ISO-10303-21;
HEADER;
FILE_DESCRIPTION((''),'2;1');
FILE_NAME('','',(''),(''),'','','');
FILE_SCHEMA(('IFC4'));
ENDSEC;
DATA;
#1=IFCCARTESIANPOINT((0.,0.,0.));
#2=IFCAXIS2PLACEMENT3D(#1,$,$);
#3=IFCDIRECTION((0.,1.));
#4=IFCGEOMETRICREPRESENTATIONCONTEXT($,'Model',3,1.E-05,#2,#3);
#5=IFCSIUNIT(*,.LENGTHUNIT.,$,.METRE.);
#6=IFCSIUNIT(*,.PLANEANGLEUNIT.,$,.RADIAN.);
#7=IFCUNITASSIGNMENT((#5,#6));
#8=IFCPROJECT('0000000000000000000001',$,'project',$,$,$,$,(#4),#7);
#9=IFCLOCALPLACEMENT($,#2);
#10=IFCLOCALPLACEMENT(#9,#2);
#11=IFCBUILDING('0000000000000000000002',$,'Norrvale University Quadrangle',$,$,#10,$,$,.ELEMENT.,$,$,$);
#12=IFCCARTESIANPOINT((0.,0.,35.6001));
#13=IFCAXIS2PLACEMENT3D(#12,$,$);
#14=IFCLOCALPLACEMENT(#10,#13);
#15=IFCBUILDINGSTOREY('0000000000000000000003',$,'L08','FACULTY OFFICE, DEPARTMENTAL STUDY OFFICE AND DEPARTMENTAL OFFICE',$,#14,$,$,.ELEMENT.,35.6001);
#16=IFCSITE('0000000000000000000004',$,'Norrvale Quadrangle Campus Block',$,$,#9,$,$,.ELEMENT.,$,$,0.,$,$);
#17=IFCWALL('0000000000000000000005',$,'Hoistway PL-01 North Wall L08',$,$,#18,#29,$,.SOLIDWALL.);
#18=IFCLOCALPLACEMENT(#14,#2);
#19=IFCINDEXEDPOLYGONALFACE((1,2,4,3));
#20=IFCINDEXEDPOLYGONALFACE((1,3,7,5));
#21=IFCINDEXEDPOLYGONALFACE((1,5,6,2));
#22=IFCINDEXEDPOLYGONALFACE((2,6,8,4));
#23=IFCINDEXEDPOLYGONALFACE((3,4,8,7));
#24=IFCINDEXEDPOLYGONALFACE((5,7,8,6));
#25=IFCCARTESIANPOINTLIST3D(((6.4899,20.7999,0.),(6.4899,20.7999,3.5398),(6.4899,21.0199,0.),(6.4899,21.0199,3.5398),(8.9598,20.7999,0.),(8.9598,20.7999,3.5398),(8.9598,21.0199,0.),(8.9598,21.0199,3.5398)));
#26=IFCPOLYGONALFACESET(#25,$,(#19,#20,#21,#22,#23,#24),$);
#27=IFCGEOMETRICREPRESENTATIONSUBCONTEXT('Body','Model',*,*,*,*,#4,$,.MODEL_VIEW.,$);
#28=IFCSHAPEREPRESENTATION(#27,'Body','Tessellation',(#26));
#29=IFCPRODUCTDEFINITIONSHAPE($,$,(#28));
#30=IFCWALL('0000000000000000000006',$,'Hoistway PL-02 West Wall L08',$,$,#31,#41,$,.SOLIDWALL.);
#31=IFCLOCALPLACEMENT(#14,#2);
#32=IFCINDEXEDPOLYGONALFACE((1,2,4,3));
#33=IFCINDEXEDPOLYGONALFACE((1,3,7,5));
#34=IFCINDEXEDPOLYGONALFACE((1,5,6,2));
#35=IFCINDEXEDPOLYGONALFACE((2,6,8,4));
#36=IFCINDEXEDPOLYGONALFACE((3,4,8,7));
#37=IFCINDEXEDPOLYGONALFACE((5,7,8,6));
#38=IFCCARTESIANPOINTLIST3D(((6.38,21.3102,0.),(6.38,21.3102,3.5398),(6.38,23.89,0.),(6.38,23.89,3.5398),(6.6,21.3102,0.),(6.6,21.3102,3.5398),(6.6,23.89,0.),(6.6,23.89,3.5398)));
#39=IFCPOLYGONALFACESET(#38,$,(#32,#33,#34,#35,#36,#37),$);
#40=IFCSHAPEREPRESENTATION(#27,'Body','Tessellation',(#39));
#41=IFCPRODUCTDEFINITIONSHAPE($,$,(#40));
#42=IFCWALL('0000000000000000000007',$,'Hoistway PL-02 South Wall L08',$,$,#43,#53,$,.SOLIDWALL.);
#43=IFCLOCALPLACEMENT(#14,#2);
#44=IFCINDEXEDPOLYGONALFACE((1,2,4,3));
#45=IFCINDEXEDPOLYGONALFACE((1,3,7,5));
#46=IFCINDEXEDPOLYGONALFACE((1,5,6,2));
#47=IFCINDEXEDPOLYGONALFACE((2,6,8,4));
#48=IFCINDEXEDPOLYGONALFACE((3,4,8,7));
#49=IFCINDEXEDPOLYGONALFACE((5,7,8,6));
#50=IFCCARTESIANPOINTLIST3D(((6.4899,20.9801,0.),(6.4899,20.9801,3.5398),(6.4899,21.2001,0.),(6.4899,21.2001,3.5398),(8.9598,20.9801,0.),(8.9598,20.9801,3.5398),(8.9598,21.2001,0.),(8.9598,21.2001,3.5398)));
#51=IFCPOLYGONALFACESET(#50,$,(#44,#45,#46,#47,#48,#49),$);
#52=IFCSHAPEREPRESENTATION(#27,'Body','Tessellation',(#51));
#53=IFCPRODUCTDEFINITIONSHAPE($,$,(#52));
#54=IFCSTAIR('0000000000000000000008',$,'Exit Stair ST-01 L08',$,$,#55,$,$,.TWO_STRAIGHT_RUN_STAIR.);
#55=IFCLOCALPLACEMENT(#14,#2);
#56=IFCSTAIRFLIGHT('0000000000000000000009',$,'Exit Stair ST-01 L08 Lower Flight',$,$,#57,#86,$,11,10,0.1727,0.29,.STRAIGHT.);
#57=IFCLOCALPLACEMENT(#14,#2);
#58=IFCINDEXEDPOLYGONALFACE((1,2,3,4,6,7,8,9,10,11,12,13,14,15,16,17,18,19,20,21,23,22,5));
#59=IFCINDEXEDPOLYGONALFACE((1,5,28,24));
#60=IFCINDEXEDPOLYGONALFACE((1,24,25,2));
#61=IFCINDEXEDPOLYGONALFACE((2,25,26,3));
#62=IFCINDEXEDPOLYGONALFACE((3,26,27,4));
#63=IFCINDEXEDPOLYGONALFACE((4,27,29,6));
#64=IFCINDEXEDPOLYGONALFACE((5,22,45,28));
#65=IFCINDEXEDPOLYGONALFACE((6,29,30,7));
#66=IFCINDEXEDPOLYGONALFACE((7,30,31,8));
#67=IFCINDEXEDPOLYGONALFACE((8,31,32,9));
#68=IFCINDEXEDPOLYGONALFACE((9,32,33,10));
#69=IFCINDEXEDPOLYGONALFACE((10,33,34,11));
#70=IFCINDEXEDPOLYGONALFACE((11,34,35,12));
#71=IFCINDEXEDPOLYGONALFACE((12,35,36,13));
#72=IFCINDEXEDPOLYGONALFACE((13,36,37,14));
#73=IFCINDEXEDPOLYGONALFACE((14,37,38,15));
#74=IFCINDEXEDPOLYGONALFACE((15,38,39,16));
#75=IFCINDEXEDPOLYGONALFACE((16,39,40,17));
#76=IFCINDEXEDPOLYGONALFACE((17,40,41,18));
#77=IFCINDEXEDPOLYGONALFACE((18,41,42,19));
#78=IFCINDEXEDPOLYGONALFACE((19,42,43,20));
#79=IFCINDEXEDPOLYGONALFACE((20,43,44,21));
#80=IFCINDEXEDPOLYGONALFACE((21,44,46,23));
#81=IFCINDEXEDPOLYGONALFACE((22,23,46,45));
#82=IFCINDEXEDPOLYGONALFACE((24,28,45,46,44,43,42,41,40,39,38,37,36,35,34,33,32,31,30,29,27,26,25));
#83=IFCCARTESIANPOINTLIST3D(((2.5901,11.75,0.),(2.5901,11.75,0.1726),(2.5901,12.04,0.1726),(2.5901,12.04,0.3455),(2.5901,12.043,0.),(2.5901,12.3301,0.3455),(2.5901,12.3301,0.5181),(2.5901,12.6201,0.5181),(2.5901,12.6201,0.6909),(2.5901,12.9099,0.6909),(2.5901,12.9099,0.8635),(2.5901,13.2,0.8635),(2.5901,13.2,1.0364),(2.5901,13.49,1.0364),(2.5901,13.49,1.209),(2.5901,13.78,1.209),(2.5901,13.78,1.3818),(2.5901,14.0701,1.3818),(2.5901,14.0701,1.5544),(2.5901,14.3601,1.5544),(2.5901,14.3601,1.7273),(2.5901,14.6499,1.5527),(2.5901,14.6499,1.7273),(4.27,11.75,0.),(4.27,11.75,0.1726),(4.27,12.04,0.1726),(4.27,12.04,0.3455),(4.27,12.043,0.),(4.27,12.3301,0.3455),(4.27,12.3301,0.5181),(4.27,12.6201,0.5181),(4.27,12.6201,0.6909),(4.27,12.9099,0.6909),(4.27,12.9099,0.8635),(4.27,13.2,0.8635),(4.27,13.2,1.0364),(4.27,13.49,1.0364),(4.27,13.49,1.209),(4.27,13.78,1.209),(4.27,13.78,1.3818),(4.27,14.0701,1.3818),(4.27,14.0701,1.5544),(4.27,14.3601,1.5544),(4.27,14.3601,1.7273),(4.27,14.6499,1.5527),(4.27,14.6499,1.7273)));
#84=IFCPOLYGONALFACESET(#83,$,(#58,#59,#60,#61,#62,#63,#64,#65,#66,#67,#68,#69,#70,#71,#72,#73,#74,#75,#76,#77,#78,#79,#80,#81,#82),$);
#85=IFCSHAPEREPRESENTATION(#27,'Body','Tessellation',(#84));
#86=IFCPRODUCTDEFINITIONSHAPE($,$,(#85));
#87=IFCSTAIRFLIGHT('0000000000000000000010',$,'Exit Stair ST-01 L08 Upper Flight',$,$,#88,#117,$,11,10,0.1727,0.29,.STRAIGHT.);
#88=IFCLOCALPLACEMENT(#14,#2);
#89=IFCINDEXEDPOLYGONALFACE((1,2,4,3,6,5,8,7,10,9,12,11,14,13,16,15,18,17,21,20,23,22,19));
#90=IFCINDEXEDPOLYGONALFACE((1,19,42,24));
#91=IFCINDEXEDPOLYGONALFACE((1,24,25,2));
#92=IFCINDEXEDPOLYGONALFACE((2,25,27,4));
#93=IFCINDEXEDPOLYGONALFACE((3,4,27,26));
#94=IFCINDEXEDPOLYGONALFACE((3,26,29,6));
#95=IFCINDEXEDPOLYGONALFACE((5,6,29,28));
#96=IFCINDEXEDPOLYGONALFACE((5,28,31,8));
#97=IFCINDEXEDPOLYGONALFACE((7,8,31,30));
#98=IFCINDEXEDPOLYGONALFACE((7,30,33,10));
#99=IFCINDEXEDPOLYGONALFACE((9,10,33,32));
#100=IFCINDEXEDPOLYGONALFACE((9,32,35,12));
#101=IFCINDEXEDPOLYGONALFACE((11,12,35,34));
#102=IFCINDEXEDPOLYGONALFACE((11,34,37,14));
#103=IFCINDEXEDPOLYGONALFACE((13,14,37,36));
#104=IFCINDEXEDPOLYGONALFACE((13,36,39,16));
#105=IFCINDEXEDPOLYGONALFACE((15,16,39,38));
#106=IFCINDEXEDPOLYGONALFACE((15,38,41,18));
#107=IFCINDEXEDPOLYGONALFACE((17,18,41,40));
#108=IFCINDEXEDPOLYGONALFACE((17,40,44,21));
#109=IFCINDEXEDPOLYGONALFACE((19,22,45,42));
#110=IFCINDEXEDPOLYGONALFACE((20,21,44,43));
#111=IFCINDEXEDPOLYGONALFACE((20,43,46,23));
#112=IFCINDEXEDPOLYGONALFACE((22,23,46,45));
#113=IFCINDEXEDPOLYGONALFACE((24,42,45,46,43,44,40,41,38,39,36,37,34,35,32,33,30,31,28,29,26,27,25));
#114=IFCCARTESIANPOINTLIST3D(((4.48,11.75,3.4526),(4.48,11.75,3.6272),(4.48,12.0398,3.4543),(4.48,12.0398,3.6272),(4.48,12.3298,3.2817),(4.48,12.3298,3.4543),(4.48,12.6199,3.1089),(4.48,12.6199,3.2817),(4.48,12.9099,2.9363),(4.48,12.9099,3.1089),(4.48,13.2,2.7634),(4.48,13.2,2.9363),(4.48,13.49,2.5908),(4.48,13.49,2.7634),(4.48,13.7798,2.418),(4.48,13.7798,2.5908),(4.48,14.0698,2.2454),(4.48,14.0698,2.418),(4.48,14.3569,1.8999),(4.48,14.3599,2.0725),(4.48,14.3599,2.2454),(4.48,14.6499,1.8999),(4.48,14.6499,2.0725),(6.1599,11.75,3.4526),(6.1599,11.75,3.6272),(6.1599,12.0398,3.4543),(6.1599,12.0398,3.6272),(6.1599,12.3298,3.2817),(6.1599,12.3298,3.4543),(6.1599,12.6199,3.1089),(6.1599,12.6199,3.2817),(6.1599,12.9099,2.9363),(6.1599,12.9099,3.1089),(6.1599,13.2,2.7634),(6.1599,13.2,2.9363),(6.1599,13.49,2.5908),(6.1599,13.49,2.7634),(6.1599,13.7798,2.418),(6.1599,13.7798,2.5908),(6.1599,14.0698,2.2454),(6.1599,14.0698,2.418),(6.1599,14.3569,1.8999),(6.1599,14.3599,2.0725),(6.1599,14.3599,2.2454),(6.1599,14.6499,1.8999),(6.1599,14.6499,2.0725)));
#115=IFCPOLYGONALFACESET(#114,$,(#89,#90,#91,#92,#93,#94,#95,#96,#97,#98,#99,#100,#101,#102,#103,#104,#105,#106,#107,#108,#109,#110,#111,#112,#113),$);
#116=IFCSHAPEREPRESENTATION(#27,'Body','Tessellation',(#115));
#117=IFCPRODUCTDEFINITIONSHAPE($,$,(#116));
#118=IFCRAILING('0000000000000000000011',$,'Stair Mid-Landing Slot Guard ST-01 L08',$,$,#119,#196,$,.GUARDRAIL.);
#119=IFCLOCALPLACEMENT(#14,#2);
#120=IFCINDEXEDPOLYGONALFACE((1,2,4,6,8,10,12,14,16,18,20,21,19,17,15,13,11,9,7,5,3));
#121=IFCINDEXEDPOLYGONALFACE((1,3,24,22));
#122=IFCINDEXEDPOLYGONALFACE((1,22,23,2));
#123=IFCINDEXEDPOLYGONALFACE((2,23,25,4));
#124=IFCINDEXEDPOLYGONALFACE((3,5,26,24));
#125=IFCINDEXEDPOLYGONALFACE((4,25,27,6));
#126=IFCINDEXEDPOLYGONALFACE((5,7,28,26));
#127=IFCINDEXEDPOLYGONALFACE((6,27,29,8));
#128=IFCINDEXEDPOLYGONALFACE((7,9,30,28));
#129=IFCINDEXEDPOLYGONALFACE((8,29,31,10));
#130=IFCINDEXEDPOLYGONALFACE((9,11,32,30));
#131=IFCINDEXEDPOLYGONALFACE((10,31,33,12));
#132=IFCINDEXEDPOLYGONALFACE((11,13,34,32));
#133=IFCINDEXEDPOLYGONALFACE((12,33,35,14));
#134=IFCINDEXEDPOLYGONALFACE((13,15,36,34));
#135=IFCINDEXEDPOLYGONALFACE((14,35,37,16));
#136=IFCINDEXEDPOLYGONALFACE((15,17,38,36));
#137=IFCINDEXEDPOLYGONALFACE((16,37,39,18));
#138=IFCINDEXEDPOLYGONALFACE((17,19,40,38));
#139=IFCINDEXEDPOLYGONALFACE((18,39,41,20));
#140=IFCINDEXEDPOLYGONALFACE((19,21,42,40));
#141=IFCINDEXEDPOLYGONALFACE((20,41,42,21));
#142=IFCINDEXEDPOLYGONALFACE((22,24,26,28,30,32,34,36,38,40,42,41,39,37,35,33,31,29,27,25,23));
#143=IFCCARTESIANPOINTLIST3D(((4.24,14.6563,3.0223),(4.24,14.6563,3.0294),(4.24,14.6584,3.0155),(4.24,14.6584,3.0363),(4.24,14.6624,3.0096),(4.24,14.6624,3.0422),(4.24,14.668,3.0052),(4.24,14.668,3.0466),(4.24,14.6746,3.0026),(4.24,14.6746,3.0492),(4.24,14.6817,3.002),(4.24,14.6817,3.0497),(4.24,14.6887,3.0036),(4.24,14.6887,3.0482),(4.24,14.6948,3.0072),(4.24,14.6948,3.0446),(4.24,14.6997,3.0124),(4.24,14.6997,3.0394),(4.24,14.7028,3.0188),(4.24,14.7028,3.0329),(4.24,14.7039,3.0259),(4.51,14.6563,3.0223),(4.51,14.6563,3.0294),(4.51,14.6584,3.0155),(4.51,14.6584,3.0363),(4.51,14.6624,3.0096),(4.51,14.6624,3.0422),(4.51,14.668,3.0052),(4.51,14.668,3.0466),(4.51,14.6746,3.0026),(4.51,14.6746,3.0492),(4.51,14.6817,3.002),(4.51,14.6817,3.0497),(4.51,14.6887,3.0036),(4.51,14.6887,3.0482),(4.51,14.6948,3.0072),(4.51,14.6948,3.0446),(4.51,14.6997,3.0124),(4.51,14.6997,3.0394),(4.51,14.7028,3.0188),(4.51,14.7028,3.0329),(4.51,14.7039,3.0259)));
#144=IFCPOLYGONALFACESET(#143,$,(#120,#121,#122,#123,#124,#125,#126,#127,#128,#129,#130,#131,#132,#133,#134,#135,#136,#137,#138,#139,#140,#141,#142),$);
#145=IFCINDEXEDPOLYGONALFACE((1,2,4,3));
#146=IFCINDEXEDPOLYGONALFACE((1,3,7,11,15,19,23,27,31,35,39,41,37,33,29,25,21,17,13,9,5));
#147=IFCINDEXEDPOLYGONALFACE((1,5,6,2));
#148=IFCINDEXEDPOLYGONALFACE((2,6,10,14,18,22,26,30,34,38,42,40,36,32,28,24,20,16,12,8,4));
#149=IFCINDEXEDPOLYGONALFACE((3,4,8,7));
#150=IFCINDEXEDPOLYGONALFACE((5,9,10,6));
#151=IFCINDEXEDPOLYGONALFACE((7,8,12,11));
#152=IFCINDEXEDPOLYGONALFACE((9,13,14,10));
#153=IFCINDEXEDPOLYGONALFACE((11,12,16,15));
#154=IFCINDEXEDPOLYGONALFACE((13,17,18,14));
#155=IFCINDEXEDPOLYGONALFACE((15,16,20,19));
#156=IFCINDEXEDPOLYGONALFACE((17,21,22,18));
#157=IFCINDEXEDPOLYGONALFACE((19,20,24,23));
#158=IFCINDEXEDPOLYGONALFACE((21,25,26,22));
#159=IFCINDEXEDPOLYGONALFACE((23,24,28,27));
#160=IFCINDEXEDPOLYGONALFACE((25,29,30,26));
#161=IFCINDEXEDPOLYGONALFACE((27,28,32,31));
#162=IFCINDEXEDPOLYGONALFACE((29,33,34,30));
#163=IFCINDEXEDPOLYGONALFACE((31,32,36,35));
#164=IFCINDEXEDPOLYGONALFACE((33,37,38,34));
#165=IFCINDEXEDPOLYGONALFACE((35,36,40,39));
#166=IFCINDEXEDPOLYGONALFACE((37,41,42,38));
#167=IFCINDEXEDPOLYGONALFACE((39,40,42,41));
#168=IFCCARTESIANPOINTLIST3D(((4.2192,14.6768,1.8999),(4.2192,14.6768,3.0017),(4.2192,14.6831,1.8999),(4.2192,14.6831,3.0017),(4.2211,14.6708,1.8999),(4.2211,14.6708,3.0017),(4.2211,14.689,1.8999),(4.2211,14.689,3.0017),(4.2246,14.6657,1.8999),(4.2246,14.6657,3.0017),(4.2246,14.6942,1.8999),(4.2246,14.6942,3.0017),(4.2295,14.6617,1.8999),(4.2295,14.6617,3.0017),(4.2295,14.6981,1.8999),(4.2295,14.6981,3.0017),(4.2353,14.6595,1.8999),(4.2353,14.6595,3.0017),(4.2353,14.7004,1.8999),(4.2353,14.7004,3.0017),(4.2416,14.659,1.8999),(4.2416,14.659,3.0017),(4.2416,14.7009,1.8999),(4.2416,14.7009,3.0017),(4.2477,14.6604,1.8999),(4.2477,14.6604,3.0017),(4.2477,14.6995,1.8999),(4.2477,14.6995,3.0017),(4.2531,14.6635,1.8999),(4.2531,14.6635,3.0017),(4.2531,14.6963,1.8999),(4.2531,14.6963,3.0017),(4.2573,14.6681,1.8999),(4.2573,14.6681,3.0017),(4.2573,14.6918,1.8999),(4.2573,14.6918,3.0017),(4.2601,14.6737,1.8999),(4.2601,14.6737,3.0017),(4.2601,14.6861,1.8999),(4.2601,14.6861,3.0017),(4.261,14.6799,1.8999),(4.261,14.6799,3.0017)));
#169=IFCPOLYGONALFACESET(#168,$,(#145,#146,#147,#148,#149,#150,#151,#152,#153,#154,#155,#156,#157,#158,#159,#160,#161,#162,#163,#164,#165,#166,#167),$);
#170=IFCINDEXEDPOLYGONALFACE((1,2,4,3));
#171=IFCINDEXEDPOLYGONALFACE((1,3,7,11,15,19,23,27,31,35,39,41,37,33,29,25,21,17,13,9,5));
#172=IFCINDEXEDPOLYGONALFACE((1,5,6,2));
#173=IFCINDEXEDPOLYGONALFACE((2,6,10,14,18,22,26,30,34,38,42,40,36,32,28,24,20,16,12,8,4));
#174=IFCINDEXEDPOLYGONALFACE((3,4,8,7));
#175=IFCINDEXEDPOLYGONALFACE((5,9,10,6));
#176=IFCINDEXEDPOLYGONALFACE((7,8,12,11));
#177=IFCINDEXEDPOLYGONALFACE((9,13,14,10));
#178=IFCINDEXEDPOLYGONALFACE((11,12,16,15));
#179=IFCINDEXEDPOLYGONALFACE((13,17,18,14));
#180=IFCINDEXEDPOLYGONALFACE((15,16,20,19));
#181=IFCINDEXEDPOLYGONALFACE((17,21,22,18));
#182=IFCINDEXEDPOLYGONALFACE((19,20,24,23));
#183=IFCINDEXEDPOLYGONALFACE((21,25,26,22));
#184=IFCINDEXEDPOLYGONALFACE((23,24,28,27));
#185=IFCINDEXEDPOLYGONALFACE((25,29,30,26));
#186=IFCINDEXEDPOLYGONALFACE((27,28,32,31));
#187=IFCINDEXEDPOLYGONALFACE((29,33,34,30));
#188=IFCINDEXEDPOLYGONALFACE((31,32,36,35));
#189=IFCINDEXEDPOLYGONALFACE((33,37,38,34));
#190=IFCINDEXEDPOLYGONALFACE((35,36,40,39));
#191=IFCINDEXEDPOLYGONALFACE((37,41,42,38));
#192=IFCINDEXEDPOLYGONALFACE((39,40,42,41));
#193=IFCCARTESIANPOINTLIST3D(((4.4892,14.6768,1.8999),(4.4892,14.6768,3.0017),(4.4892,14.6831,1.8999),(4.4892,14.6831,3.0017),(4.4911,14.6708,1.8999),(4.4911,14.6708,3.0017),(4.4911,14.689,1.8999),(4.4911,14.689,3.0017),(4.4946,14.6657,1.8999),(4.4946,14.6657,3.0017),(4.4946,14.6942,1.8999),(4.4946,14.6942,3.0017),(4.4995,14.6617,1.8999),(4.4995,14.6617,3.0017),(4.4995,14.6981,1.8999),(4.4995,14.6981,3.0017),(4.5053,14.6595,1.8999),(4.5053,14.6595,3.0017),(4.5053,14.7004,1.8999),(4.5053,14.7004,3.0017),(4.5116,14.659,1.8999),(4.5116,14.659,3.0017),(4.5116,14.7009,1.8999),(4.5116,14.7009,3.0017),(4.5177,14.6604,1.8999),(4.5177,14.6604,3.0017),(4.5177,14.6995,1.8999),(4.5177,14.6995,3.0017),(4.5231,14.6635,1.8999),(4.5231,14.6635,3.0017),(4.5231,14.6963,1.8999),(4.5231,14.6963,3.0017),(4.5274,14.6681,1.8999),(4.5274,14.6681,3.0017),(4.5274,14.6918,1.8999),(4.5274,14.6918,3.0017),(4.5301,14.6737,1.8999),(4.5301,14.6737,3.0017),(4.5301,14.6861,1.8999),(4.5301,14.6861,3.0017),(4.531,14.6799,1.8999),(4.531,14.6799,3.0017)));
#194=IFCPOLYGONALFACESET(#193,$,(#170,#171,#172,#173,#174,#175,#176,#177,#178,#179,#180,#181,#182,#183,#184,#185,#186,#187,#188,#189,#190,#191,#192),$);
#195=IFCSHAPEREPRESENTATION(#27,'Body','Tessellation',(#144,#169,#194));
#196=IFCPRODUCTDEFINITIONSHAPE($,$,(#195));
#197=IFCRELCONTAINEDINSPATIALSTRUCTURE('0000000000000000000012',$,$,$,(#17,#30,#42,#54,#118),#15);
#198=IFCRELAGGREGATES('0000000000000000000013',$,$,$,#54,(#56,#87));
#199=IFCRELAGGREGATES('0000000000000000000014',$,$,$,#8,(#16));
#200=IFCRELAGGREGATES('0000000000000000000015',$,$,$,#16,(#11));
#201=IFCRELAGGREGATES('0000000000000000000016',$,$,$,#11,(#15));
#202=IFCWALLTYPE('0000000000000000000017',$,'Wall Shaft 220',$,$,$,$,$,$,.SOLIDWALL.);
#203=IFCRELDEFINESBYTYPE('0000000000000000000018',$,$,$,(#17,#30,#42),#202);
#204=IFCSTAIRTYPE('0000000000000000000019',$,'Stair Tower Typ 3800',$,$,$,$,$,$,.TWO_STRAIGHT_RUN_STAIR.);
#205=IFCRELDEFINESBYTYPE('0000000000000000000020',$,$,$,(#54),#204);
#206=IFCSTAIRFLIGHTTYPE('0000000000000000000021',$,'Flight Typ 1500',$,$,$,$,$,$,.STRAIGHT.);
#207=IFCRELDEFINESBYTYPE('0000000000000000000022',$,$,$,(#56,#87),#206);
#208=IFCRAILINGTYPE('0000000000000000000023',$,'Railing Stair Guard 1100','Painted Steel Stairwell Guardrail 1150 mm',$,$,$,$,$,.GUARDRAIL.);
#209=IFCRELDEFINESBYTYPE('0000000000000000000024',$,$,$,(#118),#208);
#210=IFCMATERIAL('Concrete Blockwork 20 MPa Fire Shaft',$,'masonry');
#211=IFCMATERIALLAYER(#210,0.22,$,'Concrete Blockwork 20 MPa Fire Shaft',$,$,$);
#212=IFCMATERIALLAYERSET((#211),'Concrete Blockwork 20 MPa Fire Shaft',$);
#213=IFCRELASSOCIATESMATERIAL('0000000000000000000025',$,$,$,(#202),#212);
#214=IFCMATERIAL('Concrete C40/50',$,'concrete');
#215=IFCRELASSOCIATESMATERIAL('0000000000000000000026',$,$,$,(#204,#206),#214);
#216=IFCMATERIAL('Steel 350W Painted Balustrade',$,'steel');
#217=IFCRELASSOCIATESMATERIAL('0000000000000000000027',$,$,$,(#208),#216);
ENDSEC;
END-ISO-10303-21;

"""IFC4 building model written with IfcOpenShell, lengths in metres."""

from ifc_helpers import new_model, si_unit, direction, frame, frame_2d, origin, origin_2d, place, context, subcontext, project, spatial, polyline, rectangle, circle, outline, extrude, material, layer, layer_set, type_object, element, aggregate, save


model = new_model("IFC4")

# Units and contexts
model_context = context("Model", 3, precision=1e-05, world=origin(), true_north=direction((0.0, 1.0)))
body_context = subcontext(model_context, "Body", "Model", "MODEL_VIEW")
ifc_project = project(units=[si_unit("LENGTHUNIT", "METRE"), si_unit("PLANEANGLEUNIT", "RADIAN")], contexts=[model_context])

# Site, building, storey
site_placement = place(None, origin())
site = spatial("IfcSite", under=ifc_project, at=site_placement, Name="Norrvale Quadrangle Campus Block", CompositionType="ELEMENT", RefElevation=0.0)
building_placement = place(site_placement, origin())
building = spatial("IfcBuilding", under=site, at=building_placement, Name="Norrvale University Quadrangle", CompositionType="ELEMENT")
storey_placement = place(building_placement, frame((0.0, 0.0, 35.6001)))
storey = spatial("IfcBuildingStorey", under=building, at=storey_placement, Name="L08", Description="FACULTY OFFICE, DEPARTMENTAL STUDY OFFICE AND DEPARTMENTAL OFFICE", CompositionType="ELEMENT", Elevation=35.6001)

# Walls
ifc_material_1 = material(Name="Concrete Blockwork 20 MPa Fire Shaft", Category="masonry")
ifc_layer_1 = layer(ifc_material_1, 0.22, Name="Concrete Blockwork 20 MPa Fire Shaft")
ifc_layer_set_1 = layer_set([ifc_layer_1], Name="Concrete Blockwork 20 MPa Fire Shaft")
wall_type_1 = type_object("IfcWallType", Name="Wall Shaft 220", PredefinedType="SOLIDWALL", material=ifc_layer_set_1)
for number, where, z_axis, x_axis, name in (
    (1, (6.49, 20.9099, 0.0), (0.0, 0.0, 1.0), (1.0, 0.0, 0.0), "Hoistway PL-01 North Wall L08"),
):
    element("IfcWall", number, at=place(storey_placement, frame(where, z_axis=z_axis, x_axis=x_axis)), inside=storey, type_object=wall_type_1, Name=name, PredefinedType="SOLIDWALL", context=body_context, shape_type="SweptSolid", body=[
        extrude(rectangle(XDim=2.47, YDim=0.22, at=frame_2d((1.2349, 0.0))), origin(), (0.0, 0.0, 1.0), 3.5398),
    ])
wall_1_placement = place(storey_placement, frame((6.49, 21.3101, 0.0), z_axis=(0.0, 0.0, 1.0), x_axis=(0.0, 1.0, 0.0)))
element("IfcWall", 2, at=wall_1_placement, inside=storey, type_object=wall_type_1, Name="Hoistway PL-02 West Wall L08", PredefinedType="SOLIDWALL", context=body_context, shape_type="SweptSolid", body=[
    extrude(rectangle(XDim=2.5798, YDim=0.22, at=frame_2d((1.29, 0.0))), origin(), (0.0, 0.0, 1.0), 3.5398),
])
wall_2_placement = place(storey_placement, frame((6.49, 21.0901, 0.0), z_axis=(0.0, 0.0, 1.0), x_axis=(1.0, 0.0, 0.0)))
element("IfcWall", 3, at=wall_2_placement, inside=storey, type_object=wall_type_1, Name="Hoistway PL-02 South Wall L08", PredefinedType="SOLIDWALL", context=body_context, shape_type="SweptSolid", body=[
    extrude(rectangle(XDim=2.47, YDim=0.22, at=frame_2d((1.2349, 0.0))), origin(), (0.0, 0.0, 1.0), 3.5398),
])

# Stair, stair flights
ifc_material_2 = material(Name="Concrete C40/50", Category="concrete")
stair_type = type_object("IfcStairType", Name="Stair Tower Typ 3800", PredefinedType="TWO_STRAIGHT_RUN_STAIR", material=ifc_material_2)
stair_placement = place(storey_placement, origin())
stair = element("IfcStair", 4, at=stair_placement, inside=storey, type_object=stair_type, Name="Exit Stair ST-01 L08", PredefinedType="TWO_STRAIGHT_RUN_STAIR")
stair_flight_type = type_object("IfcStairFlightType", Name="Flight Typ 1500", PredefinedType="STRAIGHT", material=ifc_material_2)
stair_flight_1_placement = place(storey_placement, frame((3.4299, 11.75, 0.0), z_axis=(0.0, 0.0, 1.0), x_axis=(0.0, 1.0, 0.0)))
stair_flight_1 = element("IfcStairFlight", 5, at=stair_flight_1_placement, type_object=stair_flight_type, Name="Exit Stair ST-01 L08 Lower Flight", NumberOfRisers=11, NumberOfTreads=10, PredefinedType="STRAIGHT", RiserHeight=0.1727, TreadLength=0.29, context=body_context, shape_type="SweptSolid", body=[
    extrude(outline(polyline([(0.0, 0.0), (0.0, 0.1726), (0.29, 0.1726), (0.29, 0.3455), (0.5801, 0.3455), (0.5801, 0.5181), (0.8701, 0.5181), (0.8701, 0.6909), (1.1599, 0.6909), (1.1599, 0.8635), (1.45, 0.8635), (1.45, 1.0364), (1.74, 1.0364), (1.74, 1.209), (2.03, 1.209), (2.03, 1.3818), (2.3201, 1.3818), (2.3201, 1.5544), (2.6101, 1.5544), (2.6101, 1.7273), (2.8999, 1.7273), (2.8999, 1.8999), (2.8999, 1.5527), (0.293, 0.0), (0.0, 0.0)])), frame((0.0, 0.8398, 0.0), z_axis=(0.0, -1.0, 0.0), x_axis=(1.0, 0.0, 0.0)), (0.0, 0.0, 1.0), 1.6799),
])
stair_flight_2_placement = place(storey_placement, frame((5.3201, 14.6499, 1.8999), z_axis=(0.0, 0.0, 1.0), x_axis=(0.0, -1.0, 0.0)))
stair_flight_2 = element("IfcStairFlight", 6, at=stair_flight_2_placement, type_object=stair_flight_type, Name="Exit Stair ST-01 L08 Upper Flight", NumberOfRisers=11, NumberOfTreads=10, PredefinedType="STRAIGHT", RiserHeight=0.1727, TreadLength=0.29, context=body_context, shape_type="SweptSolid", body=[
    extrude(outline(polyline([(0.0, 0.0), (0.0, 0.1726), (0.29, 0.1726), (0.29, 0.3455), (0.5801, 0.3455), (0.5801, 0.5181), (0.8701, 0.5181), (0.8701, 0.6909), (1.1599, 0.6909), (1.1599, 0.8635), (1.45, 0.8635), (1.45, 1.0364), (1.74, 1.0364), (1.74, 1.209), (2.03, 1.209), (2.03, 1.3818), (2.3201, 1.3818), (2.3201, 1.5544), (2.6101, 1.5544), (2.6101, 1.7273), (2.8999, 1.7273), (2.8999, 1.8999), (2.8999, 1.5527), (0.293, 0.0), (0.0, 0.0)])), frame((0.0, 0.8398, 0.0), z_axis=(0.0, -1.0, 0.0), x_axis=(1.0, 0.0, 0.0)), (0.0, 0.0, 1.0), 1.6799),
])
aggregate(stair, [stair_flight_1, stair_flight_2])

# Railing
ifc_material_3 = material(Name="Steel 350W Painted Balustrade", Category="steel")
railing_type_1 = type_object("IfcRailingType", Name="Railing Stair Guard 1100", Description="Painted Steel Stairwell Guardrail 1150 mm", PredefinedType="GUARDRAIL", material=ifc_material_3)
railing_1_placement = place(storey_placement, frame((4.24, 14.6799, 1.8999)))
element("IfcRailing", 7, at=railing_1_placement, inside=storey, type_object=railing_type_1, Name="Stair Mid-Landing Slot Guard ST-01 L08", PredefinedType="GUARDRAIL", context=body_context, shape_type="SweptSolid", body=[
    extrude(circle(Radius=0.0239, at=origin_2d()), frame((0.0, 0.0, 1.126), z_axis=(1.0, 0.0, 0.0), x_axis=(0.0, 1.0, 0.0)), (0.0, 0.0, 1.0), 0.27),
    extrude(circle(Radius=0.021, at=origin_2d()), origin(), (0.0, 0.0, 1.0), 1.1018),
    extrude(circle(Radius=0.021, at=origin_2d()), frame((0.27, 0.0, 0.0)), (0.0, 0.0, 1.0), 1.1018),
])

save(model, "model.ifc")
